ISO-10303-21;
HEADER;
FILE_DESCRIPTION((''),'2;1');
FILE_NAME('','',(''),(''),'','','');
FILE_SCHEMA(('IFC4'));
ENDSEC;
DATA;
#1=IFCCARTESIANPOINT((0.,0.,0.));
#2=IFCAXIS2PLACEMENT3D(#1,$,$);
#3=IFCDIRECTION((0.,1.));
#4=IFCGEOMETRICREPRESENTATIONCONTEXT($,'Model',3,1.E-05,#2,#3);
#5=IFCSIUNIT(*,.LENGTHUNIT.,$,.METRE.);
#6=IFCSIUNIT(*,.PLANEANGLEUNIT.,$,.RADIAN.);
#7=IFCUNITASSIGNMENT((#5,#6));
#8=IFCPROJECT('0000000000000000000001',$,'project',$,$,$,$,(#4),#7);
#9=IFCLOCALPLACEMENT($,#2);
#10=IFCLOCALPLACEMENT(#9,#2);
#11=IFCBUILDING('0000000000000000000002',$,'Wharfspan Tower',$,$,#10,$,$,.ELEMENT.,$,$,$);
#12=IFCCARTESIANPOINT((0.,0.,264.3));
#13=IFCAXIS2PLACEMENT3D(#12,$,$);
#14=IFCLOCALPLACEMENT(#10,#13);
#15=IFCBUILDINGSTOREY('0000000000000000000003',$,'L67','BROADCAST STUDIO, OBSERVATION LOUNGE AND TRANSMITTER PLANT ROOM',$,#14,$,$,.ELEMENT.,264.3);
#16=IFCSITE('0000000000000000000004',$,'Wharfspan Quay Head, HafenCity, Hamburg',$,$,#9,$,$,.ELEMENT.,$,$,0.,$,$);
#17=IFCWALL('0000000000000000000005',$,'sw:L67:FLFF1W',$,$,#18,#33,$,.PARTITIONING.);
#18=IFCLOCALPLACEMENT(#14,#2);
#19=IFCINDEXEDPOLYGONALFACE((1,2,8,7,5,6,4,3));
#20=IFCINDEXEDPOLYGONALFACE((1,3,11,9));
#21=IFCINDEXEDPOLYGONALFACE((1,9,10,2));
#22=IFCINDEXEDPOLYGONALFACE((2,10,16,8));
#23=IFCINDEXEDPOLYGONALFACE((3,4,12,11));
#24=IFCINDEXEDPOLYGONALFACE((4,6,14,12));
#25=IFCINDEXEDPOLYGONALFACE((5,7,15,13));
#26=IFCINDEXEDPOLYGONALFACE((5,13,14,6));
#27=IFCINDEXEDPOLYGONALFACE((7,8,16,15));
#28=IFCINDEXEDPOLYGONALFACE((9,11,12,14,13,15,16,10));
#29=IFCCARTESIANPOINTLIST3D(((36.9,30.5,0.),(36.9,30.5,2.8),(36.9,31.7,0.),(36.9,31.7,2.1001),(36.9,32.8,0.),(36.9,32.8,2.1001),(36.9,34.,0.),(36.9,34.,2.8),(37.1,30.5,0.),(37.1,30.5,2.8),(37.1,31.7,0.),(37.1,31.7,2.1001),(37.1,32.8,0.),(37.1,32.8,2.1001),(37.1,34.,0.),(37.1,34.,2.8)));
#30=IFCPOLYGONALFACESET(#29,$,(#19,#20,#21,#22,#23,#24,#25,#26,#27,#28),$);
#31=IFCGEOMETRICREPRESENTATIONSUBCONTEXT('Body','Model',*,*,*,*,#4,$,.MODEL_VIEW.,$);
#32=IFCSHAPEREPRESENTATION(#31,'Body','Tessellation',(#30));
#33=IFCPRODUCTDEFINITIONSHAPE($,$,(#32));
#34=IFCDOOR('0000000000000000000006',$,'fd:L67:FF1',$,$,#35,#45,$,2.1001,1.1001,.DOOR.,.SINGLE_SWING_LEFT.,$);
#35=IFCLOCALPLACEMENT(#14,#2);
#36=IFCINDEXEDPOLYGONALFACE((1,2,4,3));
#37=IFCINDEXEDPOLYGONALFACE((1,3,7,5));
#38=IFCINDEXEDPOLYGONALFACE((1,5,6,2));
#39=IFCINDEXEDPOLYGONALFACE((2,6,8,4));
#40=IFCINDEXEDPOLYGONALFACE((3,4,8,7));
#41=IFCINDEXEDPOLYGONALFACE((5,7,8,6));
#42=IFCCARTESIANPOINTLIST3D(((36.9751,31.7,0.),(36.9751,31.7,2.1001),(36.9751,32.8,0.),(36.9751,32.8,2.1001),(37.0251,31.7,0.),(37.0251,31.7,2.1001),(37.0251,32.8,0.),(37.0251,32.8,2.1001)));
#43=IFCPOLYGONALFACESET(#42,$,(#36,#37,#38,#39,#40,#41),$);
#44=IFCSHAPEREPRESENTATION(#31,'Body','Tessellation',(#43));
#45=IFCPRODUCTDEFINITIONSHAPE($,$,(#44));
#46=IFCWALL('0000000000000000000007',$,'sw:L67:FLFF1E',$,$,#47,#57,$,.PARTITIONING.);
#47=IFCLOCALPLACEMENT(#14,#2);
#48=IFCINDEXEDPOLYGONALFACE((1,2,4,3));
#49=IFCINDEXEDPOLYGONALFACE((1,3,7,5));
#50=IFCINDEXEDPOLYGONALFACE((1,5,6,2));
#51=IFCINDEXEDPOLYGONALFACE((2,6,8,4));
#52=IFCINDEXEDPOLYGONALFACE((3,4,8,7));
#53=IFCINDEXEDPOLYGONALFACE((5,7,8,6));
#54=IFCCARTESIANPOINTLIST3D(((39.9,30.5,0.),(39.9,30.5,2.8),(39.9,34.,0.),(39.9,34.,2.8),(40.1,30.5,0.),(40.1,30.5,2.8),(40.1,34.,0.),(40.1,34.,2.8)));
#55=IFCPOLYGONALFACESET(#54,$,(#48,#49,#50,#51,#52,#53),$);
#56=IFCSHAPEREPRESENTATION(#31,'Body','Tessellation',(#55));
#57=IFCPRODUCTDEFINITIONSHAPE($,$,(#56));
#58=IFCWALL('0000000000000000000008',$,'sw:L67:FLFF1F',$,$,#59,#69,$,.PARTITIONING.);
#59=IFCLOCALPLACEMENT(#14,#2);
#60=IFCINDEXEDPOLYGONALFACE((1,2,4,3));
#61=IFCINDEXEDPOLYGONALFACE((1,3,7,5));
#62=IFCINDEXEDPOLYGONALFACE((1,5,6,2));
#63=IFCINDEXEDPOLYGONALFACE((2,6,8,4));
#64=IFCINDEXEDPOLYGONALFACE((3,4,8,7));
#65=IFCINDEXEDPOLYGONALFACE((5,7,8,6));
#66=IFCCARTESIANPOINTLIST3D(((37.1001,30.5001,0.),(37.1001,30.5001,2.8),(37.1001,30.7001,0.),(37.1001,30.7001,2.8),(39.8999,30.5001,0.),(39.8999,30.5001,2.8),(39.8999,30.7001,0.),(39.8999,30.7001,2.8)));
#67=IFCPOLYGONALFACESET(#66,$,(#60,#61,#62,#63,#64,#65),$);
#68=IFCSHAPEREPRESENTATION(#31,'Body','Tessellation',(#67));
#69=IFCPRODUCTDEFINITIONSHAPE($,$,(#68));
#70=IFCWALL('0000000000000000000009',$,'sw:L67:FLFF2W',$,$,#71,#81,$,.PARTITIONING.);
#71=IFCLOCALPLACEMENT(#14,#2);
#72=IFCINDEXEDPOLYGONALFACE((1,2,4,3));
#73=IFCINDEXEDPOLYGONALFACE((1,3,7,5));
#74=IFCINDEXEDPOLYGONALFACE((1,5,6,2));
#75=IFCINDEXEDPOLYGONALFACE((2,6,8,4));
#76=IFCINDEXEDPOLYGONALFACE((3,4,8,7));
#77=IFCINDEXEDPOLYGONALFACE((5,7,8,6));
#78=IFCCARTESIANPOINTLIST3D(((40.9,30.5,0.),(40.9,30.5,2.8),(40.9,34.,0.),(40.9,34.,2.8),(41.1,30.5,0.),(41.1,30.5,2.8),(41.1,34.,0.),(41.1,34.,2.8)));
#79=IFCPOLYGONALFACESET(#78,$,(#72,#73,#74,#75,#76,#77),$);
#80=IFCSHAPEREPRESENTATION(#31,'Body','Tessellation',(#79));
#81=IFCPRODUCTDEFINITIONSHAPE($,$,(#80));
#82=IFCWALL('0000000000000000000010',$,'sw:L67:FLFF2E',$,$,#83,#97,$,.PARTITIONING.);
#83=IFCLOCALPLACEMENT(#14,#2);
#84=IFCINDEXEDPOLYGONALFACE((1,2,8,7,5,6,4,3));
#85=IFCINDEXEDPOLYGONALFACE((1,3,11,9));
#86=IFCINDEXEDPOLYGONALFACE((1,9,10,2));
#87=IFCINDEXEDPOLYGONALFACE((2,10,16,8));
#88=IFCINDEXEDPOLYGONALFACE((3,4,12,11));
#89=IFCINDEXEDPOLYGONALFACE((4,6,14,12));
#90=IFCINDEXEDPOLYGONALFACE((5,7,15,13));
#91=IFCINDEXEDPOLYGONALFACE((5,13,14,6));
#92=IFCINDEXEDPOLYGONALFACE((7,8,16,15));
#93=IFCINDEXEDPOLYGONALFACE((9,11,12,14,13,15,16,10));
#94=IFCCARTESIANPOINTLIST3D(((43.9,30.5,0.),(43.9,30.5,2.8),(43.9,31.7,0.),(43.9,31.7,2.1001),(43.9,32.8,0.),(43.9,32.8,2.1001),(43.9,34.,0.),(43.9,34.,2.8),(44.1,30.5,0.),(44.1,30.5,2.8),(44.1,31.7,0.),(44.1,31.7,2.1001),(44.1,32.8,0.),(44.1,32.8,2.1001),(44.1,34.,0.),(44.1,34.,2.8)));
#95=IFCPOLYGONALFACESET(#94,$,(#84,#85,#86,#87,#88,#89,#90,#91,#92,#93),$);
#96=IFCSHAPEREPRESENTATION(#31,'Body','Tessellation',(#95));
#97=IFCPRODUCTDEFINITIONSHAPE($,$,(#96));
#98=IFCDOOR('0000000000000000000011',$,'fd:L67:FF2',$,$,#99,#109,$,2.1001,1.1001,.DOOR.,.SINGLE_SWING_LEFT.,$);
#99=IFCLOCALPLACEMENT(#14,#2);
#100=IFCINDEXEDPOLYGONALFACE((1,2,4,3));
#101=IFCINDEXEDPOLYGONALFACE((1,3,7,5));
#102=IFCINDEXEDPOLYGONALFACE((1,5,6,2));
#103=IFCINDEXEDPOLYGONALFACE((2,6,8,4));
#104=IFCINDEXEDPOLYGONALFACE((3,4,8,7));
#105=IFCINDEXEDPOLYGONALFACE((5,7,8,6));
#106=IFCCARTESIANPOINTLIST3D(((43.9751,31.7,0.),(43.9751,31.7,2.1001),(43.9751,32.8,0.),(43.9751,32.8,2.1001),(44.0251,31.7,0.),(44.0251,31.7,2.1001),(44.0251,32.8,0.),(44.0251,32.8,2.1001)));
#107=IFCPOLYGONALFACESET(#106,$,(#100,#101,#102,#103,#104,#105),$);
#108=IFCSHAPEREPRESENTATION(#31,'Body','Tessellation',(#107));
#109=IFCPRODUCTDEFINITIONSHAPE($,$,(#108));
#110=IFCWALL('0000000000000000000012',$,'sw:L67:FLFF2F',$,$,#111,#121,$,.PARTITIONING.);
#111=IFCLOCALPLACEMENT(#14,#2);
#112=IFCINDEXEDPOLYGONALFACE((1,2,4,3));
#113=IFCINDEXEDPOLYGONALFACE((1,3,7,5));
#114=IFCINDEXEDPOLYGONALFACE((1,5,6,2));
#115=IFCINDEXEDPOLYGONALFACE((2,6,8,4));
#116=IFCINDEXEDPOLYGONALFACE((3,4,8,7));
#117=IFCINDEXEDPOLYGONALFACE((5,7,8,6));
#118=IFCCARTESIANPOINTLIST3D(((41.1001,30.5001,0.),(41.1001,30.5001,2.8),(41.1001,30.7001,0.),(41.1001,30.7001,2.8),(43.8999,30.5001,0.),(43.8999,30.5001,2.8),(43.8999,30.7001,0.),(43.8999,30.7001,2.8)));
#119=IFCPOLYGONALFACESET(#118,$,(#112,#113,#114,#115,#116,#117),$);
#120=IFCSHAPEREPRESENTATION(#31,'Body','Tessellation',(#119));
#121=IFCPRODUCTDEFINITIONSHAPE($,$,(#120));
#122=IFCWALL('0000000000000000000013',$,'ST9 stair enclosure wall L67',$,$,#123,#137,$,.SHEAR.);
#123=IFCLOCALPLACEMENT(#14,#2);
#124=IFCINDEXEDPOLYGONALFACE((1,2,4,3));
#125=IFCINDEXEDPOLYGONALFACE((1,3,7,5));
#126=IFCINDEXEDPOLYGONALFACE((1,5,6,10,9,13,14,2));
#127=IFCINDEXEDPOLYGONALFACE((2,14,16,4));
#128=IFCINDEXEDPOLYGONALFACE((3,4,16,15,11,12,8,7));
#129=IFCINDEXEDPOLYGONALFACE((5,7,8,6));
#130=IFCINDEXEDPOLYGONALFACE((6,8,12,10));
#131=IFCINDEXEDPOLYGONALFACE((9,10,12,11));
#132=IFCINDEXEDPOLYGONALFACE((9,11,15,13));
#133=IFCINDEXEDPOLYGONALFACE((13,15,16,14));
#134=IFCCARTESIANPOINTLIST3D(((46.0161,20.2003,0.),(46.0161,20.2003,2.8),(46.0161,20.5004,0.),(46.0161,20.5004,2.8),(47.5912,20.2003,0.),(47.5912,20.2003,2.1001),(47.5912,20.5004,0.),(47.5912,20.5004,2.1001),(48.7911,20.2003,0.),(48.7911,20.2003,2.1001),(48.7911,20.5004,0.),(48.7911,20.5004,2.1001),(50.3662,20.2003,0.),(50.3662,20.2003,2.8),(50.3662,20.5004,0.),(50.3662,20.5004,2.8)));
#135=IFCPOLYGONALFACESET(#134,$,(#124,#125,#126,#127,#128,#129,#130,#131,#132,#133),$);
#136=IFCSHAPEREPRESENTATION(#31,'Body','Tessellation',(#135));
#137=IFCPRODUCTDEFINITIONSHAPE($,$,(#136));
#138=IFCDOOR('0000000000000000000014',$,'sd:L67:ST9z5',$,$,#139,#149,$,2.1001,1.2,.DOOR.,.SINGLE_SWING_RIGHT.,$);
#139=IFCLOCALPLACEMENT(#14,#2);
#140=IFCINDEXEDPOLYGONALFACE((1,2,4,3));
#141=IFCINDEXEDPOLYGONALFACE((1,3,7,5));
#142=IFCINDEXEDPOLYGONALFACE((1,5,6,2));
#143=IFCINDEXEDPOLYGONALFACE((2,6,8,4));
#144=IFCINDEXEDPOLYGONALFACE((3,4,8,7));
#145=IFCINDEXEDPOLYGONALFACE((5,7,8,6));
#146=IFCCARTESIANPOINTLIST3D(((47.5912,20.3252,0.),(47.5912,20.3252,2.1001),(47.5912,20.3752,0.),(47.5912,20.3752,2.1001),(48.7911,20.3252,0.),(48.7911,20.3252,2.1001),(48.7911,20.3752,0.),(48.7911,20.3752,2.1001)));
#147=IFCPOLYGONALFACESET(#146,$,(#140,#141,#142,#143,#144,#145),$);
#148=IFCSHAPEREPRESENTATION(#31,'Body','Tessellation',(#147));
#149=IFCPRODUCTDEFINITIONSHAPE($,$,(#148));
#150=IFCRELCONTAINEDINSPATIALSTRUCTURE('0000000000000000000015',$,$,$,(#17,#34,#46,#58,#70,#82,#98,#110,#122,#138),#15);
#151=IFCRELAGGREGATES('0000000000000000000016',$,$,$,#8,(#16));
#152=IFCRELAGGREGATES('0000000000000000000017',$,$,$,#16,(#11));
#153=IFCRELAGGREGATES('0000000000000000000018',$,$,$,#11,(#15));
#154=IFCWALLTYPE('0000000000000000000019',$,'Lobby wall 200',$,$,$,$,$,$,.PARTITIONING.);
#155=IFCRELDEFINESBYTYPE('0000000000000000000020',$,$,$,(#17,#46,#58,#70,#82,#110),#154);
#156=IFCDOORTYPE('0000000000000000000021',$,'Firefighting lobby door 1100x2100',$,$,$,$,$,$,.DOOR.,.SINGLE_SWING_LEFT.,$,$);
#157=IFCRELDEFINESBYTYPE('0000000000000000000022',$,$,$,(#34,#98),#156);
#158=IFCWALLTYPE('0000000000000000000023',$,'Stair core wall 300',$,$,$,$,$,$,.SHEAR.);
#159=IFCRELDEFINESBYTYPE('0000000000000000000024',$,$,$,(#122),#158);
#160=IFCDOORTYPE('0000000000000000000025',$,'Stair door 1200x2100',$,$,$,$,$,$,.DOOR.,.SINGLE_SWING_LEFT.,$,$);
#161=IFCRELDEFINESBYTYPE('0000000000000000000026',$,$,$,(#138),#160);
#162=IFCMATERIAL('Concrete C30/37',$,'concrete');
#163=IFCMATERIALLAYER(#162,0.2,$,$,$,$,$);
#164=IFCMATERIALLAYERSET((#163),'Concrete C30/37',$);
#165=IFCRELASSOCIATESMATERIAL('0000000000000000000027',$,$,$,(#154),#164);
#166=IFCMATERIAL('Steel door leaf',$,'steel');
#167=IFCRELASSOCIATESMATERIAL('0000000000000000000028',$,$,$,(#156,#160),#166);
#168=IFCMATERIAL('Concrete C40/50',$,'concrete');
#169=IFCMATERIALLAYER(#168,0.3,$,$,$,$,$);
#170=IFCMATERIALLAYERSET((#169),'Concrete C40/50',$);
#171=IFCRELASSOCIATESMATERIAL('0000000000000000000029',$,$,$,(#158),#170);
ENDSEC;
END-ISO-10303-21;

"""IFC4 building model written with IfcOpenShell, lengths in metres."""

from ifc_helpers import new_model, si_unit, direction, frame, frame_2d, origin, place, context, subcontext, project, spatial, rectangle, extrude, material, layer, layer_set, type_object, element, fill, save


model = new_model("IFC4")

# Units and contexts
model_context = context("Model", 3, precision=1e-05, world=origin(), true_north=direction((0.0, 1.0)))
body_context = subcontext(model_context, "Body", "Model", "MODEL_VIEW")
ifc_project = project(units=[si_unit("LENGTHUNIT", "METRE"), si_unit("PLANEANGLEUNIT", "RADIAN")], contexts=[model_context])

# Site, building, storey
site_placement = place(None, origin())
site = spatial("IfcSite", under=ifc_project, at=site_placement, Name="Wharfspan Quay Head, HafenCity, Hamburg", CompositionType="ELEMENT", RefElevation=0.0)
building_placement = place(site_placement, origin())
building = spatial("IfcBuilding", under=site, at=building_placement, Name="Wharfspan Tower", CompositionType="ELEMENT")
storey_placement = place(building_placement, frame((0.0, 0.0, 264.3)))
storey = spatial("IfcBuildingStorey", under=building, at=storey_placement, Name="L67", Description="BROADCAST STUDIO, OBSERVATION LOUNGE AND TRANSMITTER PLANT ROOM", CompositionType="ELEMENT", Elevation=264.3)

# Shared definitions
ifc_material_1 = material(Name="Steel door leaf", Category="steel")

# Wall, opening, door
ifc_material_2 = material(Name="Concrete C30/37", Category="concrete")
ifc_layer_1 = layer(ifc_material_2, 0.2)
ifc_layer_set_1 = layer_set([ifc_layer_1], Name="Concrete C30/37")
wall_type_1 = type_object("IfcWallType", Name="Lobby wall 200", PredefinedType="PARTITIONING", material=ifc_layer_set_1)
wall_1_placement = place(storey_placement, frame((37.0, 30.5, 0.0), z_axis=(0.0, 0.0, 1.0), x_axis=(0.0, 1.0, 0.0)))
wall_1 = element("IfcWall", 1, at=wall_1_placement, inside=storey, type_object=wall_type_1, Name="sw:L67:FLFF1W", PredefinedType="PARTITIONING", context=body_context, shape_type="SweptSolid", body=[
    extrude(rectangle(XDim=3.5, YDim=0.2, at=frame_2d((1.75, 0.0))), origin(), (0.0, 0.0, 1.0), 2.8),
])
opening_1_placement = place(wall_1_placement, frame((1.2, 0.0, 0.0)))
opening_1 = element("IfcOpeningElement", 2, at=opening_1_placement, cuts=wall_1, PredefinedType="OPENING", context=body_context, shape_type="SweptSolid", body=[
    extrude(rectangle(XDim=1.1001, YDim=2.1001, at=frame_2d((0.55, 1.05))), frame((0.0, 0.1099, 0.0), z_axis=(0.0, -1.0, 0.0), x_axis=(1.0, 0.0, 0.0)), (0.0, 0.0, 1.0), 0.22),
])
door_type_1 = type_object("IfcDoorType", Name="Firefighting lobby door 1100x2100", OperationType="SINGLE_SWING_LEFT", PredefinedType="DOOR", material=ifc_material_1)
door_1_placement = place(opening_1_placement, origin())
door_1 = element("IfcDoor", 3, at=door_1_placement, inside=storey, type_object=door_type_1, Name="fd:L67:FF1", OperationType="SINGLE_SWING_LEFT", OverallHeight=2.1001, OverallWidth=1.1001, PredefinedType="DOOR", context=body_context, shape_type="SweptSolid", body=[
    extrude(rectangle(XDim=1.1001, YDim=2.1001, at=frame_2d((0.55, 1.05))), frame((0.0, 0.0249, 0.0), z_axis=(0.0, -1.0, 0.0), x_axis=(1.0, 0.0, 0.0)), (0.0, 0.0, 1.0), 0.05),
])
fill(opening_1, door_1)

# Walls
wall_2_placement = place(storey_placement, frame((40.0, 30.5, 0.0), z_axis=(0.0, 0.0, 1.0), x_axis=(0.0, 1.0, 0.0)))
element("IfcWall", 4, at=wall_2_placement, inside=storey, type_object=wall_type_1, Name="sw:L67:FLFF1E", PredefinedType="PARTITIONING", context=body_context, shape_type="SweptSolid", body=[
    extrude(rectangle(XDim=3.5, YDim=0.2, at=frame_2d((1.75, 0.0))), origin(), (0.0, 0.0, 1.0), 2.8),
])
wall_3_placement = place(storey_placement, frame((37.1001, 30.6001, 0.0), z_axis=(0.0, 0.0, 1.0), x_axis=(1.0, 0.0, 0.0)))
element("IfcWall", 5, at=wall_3_placement, inside=storey, type_object=wall_type_1, Name="sw:L67:FLFF1F", PredefinedType="PARTITIONING", context=body_context, shape_type="SweptSolid", body=[
    extrude(rectangle(XDim=2.7998, YDim=0.2, at=frame_2d((1.3999, 0.0))), origin(), (0.0, 0.0, 1.0), 2.8),
])
wall_4_placement = place(storey_placement, frame((41.0, 30.5, 0.0), z_axis=(0.0, 0.0, 1.0), x_axis=(0.0, 1.0, 0.0)))
element("IfcWall", 6, at=wall_4_placement, inside=storey, type_object=wall_type_1, Name="sw:L67:FLFF2W", PredefinedType="PARTITIONING", context=body_context, shape_type="SweptSolid", body=[
    extrude(rectangle(XDim=3.5, YDim=0.2, at=frame_2d((1.75, 0.0))), origin(), (0.0, 0.0, 1.0), 2.8),
])

# Wall, opening, door
wall_5_placement = place(storey_placement, frame((44.0, 30.5, 0.0), z_axis=(0.0, 0.0, 1.0), x_axis=(0.0, 1.0, 0.0)))
wall_5 = element("IfcWall", 7, at=wall_5_placement, inside=storey, type_object=wall_type_1, Name="sw:L67:FLFF2E", PredefinedType="PARTITIONING", context=body_context, shape_type="SweptSolid", body=[
    extrude(rectangle(XDim=3.5, YDim=0.2, at=frame_2d((1.75, 0.0))), origin(), (0.0, 0.0, 1.0), 2.8),
])
opening_2_placement = place(wall_5_placement, frame((1.2, 0.0, 0.0)))
opening_2 = element("IfcOpeningElement", 8, at=opening_2_placement, cuts=wall_5, PredefinedType="OPENING", context=body_context, shape_type="SweptSolid", body=[
    extrude(rectangle(XDim=1.1001, YDim=2.1001, at=frame_2d((0.55, 1.05))), frame((0.0, 0.1099, 0.0), z_axis=(0.0, -1.0, 0.0), x_axis=(1.0, 0.0, 0.0)), (0.0, 0.0, 1.0), 0.22),
])
door_2_placement = place(opening_2_placement, origin())
door_2 = element("IfcDoor", 9, at=door_2_placement, inside=storey, type_object=door_type_1, Name="fd:L67:FF2", OperationType="SINGLE_SWING_LEFT", OverallHeight=2.1001, OverallWidth=1.1001, PredefinedType="DOOR", context=body_context, shape_type="SweptSolid", body=[
    extrude(rectangle(XDim=1.1001, YDim=2.1001, at=frame_2d((0.55, 1.05))), frame((0.0, 0.0249, 0.0), z_axis=(0.0, -1.0, 0.0), x_axis=(1.0, 0.0, 0.0)), (0.0, 0.0, 1.0), 0.05),
])
fill(opening_2, door_2)

# Wall
wall_6_placement = place(storey_placement, frame((41.1001, 30.6001, 0.0), z_axis=(0.0, 0.0, 1.0), x_axis=(1.0, 0.0, 0.0)))
element("IfcWall", 10, at=wall_6_placement, inside=storey, type_object=wall_type_1, Name="sw:L67:FLFF2F", PredefinedType="PARTITIONING", context=body_context, shape_type="SweptSolid", body=[
    extrude(rectangle(XDim=2.7998, YDim=0.2, at=frame_2d((1.3999, 0.0))), origin(), (0.0, 0.0, 1.0), 2.8),
])

# Wall, opening, door
ifc_material_3 = material(Name="Concrete C40/50", Category="concrete")
ifc_layer_2 = layer(ifc_material_3, 0.3)
ifc_layer_set_2 = layer_set([ifc_layer_2], Name="Concrete C40/50")
wall_type_2 = type_object("IfcWallType", Name="Stair core wall 300", PredefinedType="SHEAR", material=ifc_layer_set_2)
wall_7_placement = place(storey_placement, frame((46.0161, 20.3503, 0.0), z_axis=(0.0, 0.0, 1.0), x_axis=(1.0, 0.0, 0.0)))
wall_7 = element("IfcWall", 11, at=wall_7_placement, inside=storey, type_object=wall_type_2, Name="ST9 stair enclosure wall L67", PredefinedType="SHEAR", context=body_context, shape_type="SweptSolid", body=[
    extrude(rectangle(XDim=4.3501, YDim=0.3, at=frame_2d((2.175, 0.0))), origin(), (0.0, 0.0, 1.0), 2.8),
])
opening_3_placement = place(wall_7_placement, frame((1.575, 0.0, 0.0)))
opening_3 = element("IfcOpeningElement", 12, at=opening_3_placement, cuts=wall_7, PredefinedType="OPENING", context=body_context, shape_type="SweptSolid", body=[
    extrude(rectangle(XDim=1.2, YDim=2.1001, at=frame_2d((0.6001, 1.05))), frame((0.0, 0.1599, 0.0), z_axis=(0.0, -1.0, 0.0), x_axis=(1.0, 0.0, 0.0)), (0.0, 0.0, 1.0), 0.3201),
])
door_type_2 = type_object("IfcDoorType", Name="Stair door 1200x2100", OperationType="SINGLE_SWING_LEFT", PredefinedType="DOOR", material=ifc_material_1)
door_3_placement = place(opening_3_placement, origin())
door_3 = element("IfcDoor", 13, at=door_3_placement, inside=storey, type_object=door_type_2, Name="sd:L67:ST9z5", OperationType="SINGLE_SWING_RIGHT", OverallHeight=2.1001, OverallWidth=1.2, PredefinedType="DOOR", context=body_context, shape_type="SweptSolid", body=[
    extrude(rectangle(XDim=1.2, YDim=2.1001, at=frame_2d((0.6001, 1.05))), frame((0.0, 0.0249, 0.0), z_axis=(0.0, -1.0, 0.0), x_axis=(1.0, 0.0, 0.0)), (0.0, 0.0, 1.0), 0.05),
])
fill(opening_3, door_3)

save(model, "model.ifc")
